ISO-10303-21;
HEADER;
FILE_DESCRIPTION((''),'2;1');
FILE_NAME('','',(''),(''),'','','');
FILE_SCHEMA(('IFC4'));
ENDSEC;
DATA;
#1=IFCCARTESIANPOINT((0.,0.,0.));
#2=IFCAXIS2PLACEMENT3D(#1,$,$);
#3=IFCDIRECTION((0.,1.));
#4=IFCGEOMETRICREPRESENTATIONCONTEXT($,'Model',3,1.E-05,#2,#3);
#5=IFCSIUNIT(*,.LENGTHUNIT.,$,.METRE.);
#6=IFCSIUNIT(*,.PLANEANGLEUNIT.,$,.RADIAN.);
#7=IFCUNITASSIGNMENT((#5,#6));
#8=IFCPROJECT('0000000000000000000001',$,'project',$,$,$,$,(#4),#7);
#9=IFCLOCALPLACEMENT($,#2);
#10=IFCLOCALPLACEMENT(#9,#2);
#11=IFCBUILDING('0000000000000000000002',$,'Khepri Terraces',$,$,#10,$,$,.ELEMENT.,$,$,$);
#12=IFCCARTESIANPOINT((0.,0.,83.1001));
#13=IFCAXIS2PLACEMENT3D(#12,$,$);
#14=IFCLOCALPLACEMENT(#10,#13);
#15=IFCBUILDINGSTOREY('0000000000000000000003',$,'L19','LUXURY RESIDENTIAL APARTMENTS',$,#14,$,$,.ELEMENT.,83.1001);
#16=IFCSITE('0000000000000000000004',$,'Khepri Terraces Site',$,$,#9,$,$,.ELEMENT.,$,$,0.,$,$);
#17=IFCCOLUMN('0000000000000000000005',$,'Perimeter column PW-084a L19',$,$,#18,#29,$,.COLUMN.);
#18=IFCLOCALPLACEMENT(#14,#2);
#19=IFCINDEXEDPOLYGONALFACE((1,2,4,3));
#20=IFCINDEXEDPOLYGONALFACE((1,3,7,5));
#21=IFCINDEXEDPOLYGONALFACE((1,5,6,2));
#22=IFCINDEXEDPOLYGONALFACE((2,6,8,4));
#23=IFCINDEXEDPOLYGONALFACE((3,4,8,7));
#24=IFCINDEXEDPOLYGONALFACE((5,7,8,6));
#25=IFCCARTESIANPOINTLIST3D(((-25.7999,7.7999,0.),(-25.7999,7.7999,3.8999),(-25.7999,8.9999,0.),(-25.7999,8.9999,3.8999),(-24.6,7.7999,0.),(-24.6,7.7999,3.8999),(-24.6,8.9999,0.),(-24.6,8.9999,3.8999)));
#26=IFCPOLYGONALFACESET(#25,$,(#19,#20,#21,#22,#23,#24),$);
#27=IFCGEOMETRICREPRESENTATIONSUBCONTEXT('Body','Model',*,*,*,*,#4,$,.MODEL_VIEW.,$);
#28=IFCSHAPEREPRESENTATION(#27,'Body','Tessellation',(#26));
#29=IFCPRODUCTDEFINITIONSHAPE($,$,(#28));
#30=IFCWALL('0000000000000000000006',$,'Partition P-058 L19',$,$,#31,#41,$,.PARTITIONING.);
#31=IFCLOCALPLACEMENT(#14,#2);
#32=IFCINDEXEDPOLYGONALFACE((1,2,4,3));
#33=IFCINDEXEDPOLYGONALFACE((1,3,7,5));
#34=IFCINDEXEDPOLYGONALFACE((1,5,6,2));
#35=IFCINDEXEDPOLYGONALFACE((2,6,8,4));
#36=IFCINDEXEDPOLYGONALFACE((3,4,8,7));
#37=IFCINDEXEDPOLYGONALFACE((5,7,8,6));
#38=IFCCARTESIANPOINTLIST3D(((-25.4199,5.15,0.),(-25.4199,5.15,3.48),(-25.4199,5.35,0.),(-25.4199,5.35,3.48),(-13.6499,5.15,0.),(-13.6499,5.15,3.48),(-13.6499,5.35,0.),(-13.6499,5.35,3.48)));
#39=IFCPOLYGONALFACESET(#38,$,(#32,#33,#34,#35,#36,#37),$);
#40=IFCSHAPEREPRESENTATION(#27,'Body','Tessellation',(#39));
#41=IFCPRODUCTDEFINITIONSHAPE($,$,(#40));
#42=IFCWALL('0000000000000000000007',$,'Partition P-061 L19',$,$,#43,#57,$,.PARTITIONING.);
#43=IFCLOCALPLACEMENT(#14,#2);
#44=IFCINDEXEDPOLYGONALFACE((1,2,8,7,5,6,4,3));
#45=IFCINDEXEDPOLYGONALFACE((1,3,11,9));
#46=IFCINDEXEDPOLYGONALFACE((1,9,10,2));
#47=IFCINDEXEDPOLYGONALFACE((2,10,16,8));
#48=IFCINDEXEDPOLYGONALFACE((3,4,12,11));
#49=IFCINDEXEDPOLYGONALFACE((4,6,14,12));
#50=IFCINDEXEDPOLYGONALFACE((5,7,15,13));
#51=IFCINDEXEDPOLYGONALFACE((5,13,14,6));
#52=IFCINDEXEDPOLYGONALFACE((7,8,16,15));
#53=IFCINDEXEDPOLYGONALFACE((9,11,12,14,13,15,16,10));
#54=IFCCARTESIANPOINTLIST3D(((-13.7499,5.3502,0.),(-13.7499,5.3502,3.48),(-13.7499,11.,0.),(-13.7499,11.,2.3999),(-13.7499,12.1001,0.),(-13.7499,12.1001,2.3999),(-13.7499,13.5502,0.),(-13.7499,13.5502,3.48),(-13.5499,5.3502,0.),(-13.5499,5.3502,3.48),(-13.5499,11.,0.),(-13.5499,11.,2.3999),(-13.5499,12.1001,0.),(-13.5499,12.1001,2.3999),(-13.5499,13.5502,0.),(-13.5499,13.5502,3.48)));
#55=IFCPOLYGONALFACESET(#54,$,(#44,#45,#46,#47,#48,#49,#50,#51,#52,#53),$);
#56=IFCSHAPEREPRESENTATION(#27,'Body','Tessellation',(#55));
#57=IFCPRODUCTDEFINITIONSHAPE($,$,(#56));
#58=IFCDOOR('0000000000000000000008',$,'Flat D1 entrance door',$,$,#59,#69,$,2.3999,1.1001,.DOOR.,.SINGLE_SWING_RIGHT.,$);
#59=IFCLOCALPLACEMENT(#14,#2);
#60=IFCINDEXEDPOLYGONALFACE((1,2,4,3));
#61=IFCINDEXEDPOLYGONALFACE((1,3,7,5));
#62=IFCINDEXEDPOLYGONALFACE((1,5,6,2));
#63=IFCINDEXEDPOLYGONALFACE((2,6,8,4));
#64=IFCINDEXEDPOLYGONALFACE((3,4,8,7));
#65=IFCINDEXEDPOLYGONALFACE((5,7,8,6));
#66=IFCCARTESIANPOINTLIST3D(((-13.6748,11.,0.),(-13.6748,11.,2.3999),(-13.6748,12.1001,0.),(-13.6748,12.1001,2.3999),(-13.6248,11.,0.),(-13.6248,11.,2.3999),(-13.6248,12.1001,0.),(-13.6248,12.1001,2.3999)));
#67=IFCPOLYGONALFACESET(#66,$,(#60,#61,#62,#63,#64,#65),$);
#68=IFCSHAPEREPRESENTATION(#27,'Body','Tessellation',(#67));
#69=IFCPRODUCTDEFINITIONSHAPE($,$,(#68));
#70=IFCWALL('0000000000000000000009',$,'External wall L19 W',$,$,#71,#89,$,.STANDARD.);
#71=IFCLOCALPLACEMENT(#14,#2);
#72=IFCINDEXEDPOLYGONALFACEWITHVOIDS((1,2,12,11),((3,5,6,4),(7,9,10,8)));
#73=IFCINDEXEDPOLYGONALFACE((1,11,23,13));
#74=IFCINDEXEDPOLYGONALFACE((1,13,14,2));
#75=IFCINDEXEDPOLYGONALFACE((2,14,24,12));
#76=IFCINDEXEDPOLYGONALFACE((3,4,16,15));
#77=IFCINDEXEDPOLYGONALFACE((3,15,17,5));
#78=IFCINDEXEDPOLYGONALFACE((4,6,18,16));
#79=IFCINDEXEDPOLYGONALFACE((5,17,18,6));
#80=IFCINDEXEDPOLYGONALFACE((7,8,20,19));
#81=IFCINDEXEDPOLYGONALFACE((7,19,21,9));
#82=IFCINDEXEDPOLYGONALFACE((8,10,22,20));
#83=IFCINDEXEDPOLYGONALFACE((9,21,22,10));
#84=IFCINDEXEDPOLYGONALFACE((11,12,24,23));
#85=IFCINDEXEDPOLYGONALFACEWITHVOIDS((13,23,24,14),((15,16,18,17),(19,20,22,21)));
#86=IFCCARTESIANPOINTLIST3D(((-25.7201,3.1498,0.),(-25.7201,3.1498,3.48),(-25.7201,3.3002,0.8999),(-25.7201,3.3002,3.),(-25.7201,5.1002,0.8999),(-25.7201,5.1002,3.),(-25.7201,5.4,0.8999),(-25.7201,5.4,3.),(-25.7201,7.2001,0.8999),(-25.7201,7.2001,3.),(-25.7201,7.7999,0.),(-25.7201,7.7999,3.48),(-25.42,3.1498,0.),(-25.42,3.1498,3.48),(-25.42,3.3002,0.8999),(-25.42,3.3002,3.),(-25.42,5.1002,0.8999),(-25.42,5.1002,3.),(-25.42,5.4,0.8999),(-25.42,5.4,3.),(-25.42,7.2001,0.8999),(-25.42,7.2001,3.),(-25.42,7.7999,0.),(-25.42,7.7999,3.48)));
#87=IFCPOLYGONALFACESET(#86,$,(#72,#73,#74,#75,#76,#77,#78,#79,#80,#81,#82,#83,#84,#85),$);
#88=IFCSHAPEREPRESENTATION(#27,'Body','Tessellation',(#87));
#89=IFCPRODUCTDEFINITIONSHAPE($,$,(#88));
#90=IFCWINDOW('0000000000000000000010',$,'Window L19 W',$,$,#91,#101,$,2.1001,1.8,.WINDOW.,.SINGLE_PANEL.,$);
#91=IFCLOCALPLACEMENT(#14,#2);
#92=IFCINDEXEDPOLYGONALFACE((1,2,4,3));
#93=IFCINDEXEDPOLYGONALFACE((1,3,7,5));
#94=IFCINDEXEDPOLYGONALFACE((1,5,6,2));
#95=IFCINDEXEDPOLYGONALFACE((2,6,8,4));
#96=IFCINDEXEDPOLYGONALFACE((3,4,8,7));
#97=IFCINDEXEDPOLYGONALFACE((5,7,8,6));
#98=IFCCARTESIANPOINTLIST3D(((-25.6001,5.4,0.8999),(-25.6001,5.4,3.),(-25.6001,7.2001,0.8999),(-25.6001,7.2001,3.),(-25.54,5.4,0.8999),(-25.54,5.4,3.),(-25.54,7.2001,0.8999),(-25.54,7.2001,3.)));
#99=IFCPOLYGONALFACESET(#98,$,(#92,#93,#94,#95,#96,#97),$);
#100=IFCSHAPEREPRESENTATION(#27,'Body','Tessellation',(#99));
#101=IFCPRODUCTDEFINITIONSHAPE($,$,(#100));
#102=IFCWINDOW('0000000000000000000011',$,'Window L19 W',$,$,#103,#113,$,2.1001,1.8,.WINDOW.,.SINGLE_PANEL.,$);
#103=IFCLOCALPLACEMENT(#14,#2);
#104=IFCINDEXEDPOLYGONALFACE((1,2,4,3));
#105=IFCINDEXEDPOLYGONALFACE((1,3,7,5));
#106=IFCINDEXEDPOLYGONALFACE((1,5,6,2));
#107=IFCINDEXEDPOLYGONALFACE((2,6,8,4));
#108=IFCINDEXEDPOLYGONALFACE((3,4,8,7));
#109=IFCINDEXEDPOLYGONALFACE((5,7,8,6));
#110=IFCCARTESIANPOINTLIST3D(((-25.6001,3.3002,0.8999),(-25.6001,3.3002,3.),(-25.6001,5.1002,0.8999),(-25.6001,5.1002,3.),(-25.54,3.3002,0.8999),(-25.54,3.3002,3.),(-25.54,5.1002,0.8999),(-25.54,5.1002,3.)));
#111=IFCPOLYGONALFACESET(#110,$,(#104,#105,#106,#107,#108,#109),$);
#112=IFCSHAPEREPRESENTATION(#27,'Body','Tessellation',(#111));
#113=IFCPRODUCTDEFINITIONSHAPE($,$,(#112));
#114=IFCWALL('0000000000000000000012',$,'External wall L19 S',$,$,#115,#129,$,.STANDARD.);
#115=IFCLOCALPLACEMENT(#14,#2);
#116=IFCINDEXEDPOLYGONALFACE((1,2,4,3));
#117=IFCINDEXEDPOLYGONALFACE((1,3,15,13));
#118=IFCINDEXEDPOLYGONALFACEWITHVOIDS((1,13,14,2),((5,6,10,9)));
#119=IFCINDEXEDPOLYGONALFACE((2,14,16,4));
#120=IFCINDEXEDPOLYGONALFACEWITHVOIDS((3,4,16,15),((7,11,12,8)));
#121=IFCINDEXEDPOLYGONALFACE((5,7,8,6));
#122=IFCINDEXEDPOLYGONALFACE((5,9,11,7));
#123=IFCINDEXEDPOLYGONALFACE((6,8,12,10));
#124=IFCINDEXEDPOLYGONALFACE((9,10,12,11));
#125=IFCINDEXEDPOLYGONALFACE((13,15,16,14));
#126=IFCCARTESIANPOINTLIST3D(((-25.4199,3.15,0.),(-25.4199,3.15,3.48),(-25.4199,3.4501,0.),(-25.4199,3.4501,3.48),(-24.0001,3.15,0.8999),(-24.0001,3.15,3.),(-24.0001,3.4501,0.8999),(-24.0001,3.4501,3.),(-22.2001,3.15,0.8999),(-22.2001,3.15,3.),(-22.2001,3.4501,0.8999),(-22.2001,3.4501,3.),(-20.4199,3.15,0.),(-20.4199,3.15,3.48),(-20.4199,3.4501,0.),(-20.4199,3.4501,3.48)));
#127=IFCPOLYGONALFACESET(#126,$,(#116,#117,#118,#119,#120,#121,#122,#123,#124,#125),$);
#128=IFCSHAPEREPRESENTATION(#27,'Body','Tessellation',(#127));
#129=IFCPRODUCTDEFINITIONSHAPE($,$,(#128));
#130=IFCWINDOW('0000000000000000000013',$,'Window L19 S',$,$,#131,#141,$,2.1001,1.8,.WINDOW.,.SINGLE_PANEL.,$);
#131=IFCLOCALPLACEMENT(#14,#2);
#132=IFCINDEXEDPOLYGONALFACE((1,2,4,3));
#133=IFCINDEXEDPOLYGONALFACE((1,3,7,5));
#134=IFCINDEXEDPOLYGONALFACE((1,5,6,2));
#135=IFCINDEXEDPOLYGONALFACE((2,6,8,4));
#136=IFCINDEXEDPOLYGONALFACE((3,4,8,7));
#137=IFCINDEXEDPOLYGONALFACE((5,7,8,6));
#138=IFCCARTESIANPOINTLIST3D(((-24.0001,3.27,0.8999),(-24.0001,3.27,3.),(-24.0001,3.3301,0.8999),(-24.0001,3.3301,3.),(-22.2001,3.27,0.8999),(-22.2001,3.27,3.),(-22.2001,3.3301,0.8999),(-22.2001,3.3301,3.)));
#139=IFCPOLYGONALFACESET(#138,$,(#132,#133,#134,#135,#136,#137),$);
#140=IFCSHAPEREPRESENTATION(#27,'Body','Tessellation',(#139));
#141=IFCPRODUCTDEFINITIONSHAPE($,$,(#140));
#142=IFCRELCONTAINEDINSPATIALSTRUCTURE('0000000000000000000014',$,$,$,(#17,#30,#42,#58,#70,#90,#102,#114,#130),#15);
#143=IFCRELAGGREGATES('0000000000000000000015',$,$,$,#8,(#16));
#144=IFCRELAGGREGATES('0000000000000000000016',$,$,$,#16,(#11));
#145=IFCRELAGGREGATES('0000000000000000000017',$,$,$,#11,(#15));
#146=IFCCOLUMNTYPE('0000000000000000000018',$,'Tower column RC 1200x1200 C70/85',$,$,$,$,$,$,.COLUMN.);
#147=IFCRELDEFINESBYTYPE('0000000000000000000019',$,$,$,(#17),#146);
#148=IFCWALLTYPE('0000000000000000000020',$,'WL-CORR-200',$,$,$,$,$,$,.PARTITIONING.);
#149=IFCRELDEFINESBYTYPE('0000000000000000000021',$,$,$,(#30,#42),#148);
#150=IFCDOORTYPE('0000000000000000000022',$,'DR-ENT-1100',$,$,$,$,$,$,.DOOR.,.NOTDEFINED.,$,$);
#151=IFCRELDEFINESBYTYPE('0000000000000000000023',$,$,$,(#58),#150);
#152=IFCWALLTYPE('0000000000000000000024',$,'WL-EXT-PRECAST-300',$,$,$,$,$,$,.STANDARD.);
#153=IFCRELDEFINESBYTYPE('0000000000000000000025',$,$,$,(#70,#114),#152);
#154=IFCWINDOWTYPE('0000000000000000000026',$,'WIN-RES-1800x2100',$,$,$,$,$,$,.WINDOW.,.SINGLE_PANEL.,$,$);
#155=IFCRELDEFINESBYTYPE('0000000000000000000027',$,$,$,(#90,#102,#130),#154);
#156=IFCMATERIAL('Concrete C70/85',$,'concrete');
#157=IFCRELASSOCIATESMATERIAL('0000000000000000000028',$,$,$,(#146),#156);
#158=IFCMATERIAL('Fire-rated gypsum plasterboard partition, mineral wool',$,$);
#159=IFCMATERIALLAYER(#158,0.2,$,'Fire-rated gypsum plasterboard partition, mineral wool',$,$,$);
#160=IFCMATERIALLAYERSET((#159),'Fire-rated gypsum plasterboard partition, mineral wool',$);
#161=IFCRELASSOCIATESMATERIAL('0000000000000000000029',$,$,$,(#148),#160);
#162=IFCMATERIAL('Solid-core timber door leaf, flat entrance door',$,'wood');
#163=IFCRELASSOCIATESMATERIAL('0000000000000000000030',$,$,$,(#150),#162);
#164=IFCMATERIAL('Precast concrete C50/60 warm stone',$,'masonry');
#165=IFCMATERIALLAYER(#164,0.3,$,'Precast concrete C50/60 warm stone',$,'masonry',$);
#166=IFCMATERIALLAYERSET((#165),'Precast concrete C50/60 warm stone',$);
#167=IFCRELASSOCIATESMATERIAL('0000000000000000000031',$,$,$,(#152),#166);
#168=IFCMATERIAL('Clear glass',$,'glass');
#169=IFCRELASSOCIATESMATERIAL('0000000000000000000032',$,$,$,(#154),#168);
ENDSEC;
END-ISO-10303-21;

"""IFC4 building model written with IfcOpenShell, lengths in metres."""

from ifc_helpers import new_model, si_unit, direction, frame, frame_2d, origin, origin_2d, place, context, subcontext, project, spatial, rectangle, extrude, material, layer, layer_set, material_profile, profile_set, type_object, element, fill, save


model = new_model("IFC4")

# Units and contexts
model_context = context("Model", 3, precision=1e-05, world=origin(), true_north=direction((0.0, 1.0)))
body_context = subcontext(model_context, "Body", "Model", "MODEL_VIEW")
ifc_project = project(units=[si_unit("LENGTHUNIT", "METRE"), si_unit("PLANEANGLEUNIT", "RADIAN")], contexts=[model_context])

# Site, building, storey
site_placement = place(None, origin())
site = spatial("IfcSite", under=ifc_project, at=site_placement, Name="Khepri Terraces Site", CompositionType="ELEMENT", RefElevation=0.0)
building_placement = place(site_placement, origin())
building = spatial("IfcBuilding", under=site, at=building_placement, Name="Khepri Terraces", CompositionType="ELEMENT")
storey_placement = place(building_placement, frame((0.0, 0.0, 83.1001)))
storey = spatial("IfcBuildingStorey", under=building, at=storey_placement, Name="L19", Description="LUXURY RESIDENTIAL APARTMENTS", CompositionType="ELEMENT", Elevation=83.1001)

# Column
ifc_material_1 = material(Name="Concrete C70/85", Category="concrete")
ifc_material_profile = material_profile(ifc_material_1, rectangle(XDim=1.2, YDim=1.2, at=origin_2d()), Name="Concrete C70/85", Category="concrete")
ifc_profile_set = profile_set([ifc_material_profile], Name="Concrete C70/85")
column_type = type_object("IfcColumnType", Name="Tower column RC 1200x1200 C70/85", PredefinedType="COLUMN", material=ifc_profile_set)
column_placement = place(storey_placement, frame((-25.2, 8.3999, 0.0), z_axis=(0.0, 0.0, 1.0), x_axis=(1.0, 0.0, 0.0)))
element("IfcColumn", 1, at=column_placement, inside=storey, type_object=column_type, Name="Perimeter column PW-084a L19", PredefinedType="COLUMN", context=body_context, shape_type="SweptSolid", body=[
    extrude(rectangle(XDim=1.2, YDim=1.2, at=origin_2d()), origin(), (0.0, 0.0, 1.0), 3.8999),
])

# Wall
ifc_material_2 = material(Name="Fire-rated gypsum plasterboard partition, mineral wool")
ifc_layer_1 = layer(ifc_material_2, 0.2, Name="Fire-rated gypsum plasterboard partition, mineral wool")
ifc_layer_set_1 = layer_set([ifc_layer_1], Name="Fire-rated gypsum plasterboard partition, mineral wool")
wall_type_1 = type_object("IfcWallType", Name="WL-CORR-200", PredefinedType="PARTITIONING", material=ifc_layer_set_1)
wall_1_placement = place(storey_placement, frame((-25.4199, 5.25, 0.0), z_axis=(0.0, 0.0, 1.0), x_axis=(1.0, 0.0, 0.0)))
element("IfcWall", 2, at=wall_1_placement, inside=storey, type_object=wall_type_1, Name="Partition P-058 L19", PredefinedType="PARTITIONING", context=body_context, shape_type="SweptSolid", body=[
    extrude(rectangle(XDim=11.77, YDim=0.2, at=frame_2d((5.885, 0.0))), origin(), (0.0, 0.0, 1.0), 3.48),
])

# Wall, opening, door
wall_2_placement = place(storey_placement, frame((-13.6499, 5.3501, 0.0), z_axis=(0.0, 0.0, 1.0), x_axis=(0.0, 1.0, 0.0)))
wall_2 = element("IfcWall", 3, at=wall_2_placement, inside=storey, type_object=wall_type_1, Name="Partition P-061 L19", PredefinedType="PARTITIONING", context=body_context, shape_type="SweptSolid", body=[
    extrude(rectangle(XDim=8.2, YDim=0.2, at=frame_2d((4.1001, 0.0))), origin(), (0.0, 0.0, 1.0), 3.48),
])
opening_1_placement = place(wall_2_placement, frame((5.6499, 0.0, 0.0)))
opening_1 = element("IfcOpeningElement", 4, at=opening_1_placement, cuts=wall_2, PredefinedType="OPENING", context=body_context, shape_type="SweptSolid", body=[
    extrude(rectangle(XDim=1.1001, YDim=2.3999, at=frame_2d((0.55, 1.2))), frame((0.0, 0.1099, 0.0), z_axis=(0.0, -1.0, 0.0), x_axis=(1.0, 0.0, 0.0)), (0.0, 0.0, 1.0), 0.22),
])
ifc_material_3 = material(Name="Solid-core timber door leaf, flat entrance door", Category="wood")
door_type_1 = type_object("IfcDoorType", Name="DR-ENT-1100", OperationType="NOTDEFINED", PredefinedType="DOOR", material=ifc_material_3)
door_1_placement = place(opening_1_placement, origin())
door_1 = element("IfcDoor", 5, at=door_1_placement, inside=storey, type_object=door_type_1, Name="Flat D1 entrance door", OperationType="SINGLE_SWING_RIGHT", OverallHeight=2.3999, OverallWidth=1.1001, PredefinedType="DOOR", context=body_context, shape_type="SweptSolid", body=[
    extrude(rectangle(XDim=1.1001, YDim=2.3999, at=frame_2d((0.55, 1.2))), frame((0.0, 0.0249, 0.0), z_axis=(0.0, -1.0, 0.0), x_axis=(1.0, 0.0, 0.0)), (0.0, 0.0, 1.0), 0.05),
])
fill(opening_1, door_1)

# Wall, openings, windows
ifc_material_4 = material(Name="Precast concrete C50/60 warm stone", Category="masonry")
ifc_layer_2 = layer(ifc_material_4, 0.3, Name="Precast concrete C50/60 warm stone", Category="masonry")
ifc_layer_set_2 = layer_set([ifc_layer_2], Name="Precast concrete C50/60 warm stone")
wall_type_2 = type_object("IfcWallType", Name="WL-EXT-PRECAST-300", PredefinedType="STANDARD", material=ifc_layer_set_2)
wall_3_placement = place(storey_placement, frame((-25.5701, 7.8, 0.0), z_axis=(0.0, 0.0, 1.0), x_axis=(0.0, -1.0, 0.0)))
wall_3 = element("IfcWall", 6, at=wall_3_placement, inside=storey, type_object=wall_type_2, Name="External wall L19 W", PredefinedType="STANDARD", context=body_context, shape_type="SweptSolid", body=[
    extrude(rectangle(XDim=4.6501, YDim=0.3, at=frame_2d((2.3252, 0.0))), origin(), (0.0, 0.0, 1.0), 3.48),
])
opening_2_placement = place(wall_3_placement, frame((0.6001, 0.0, 0.8999)))
opening_2 = element("IfcOpeningElement", 7, at=opening_2_placement, cuts=wall_3, PredefinedType="OPENING", context=body_context, shape_type="SweptSolid", body=[
    extrude(rectangle(XDim=1.8, YDim=2.1001, at=frame_2d((0.8999, 1.05))), frame((0.0, 0.1602, 0.0), z_axis=(0.0, -1.0, 0.0), x_axis=(1.0, 0.0, 0.0)), (0.0, 0.0, 1.0), 0.3201),
])
opening_3_placement = place(wall_3_placement, frame((2.7, 0.0, 0.8999)))
opening_3 = element("IfcOpeningElement", 8, at=opening_3_placement, cuts=wall_3, PredefinedType="OPENING", context=body_context, shape_type="SweptSolid", body=[
    extrude(rectangle(XDim=1.8, YDim=2.1001, at=frame_2d((0.8999, 1.05))), frame((0.0, 0.1602, 0.0), z_axis=(0.0, -1.0, 0.0), x_axis=(1.0, 0.0, 0.0)), (0.0, 0.0, 1.0), 0.3201),
])
ifc_material_5 = material(Name="Clear glass", Category="glass")
window_type_1 = type_object("IfcWindowType", Name="WIN-RES-1800x2100", PartitioningType="SINGLE_PANEL", PredefinedType="WINDOW", material=ifc_material_5)
window_1_placement = place(opening_2_placement, origin())
window_1 = element("IfcWindow", 9, at=window_1_placement, inside=storey, type_object=window_type_1, Name="Window L19 W", OverallHeight=2.1001, OverallWidth=1.8, PartitioningType="SINGLE_PANEL", PredefinedType="WINDOW", context=body_context, shape_type="SweptSolid", body=[
    extrude(rectangle(XDim=1.8, YDim=2.1001, at=frame_2d((0.8999, 1.05))), frame((0.0, 0.03, 0.0), z_axis=(0.0, -1.0, 0.0), x_axis=(1.0, 0.0, 0.0)), (0.0, 0.0, 1.0), 0.0601),
])
fill(opening_2, window_1)
window_2_placement = place(opening_3_placement, origin())
window_2 = element("IfcWindow", 10, at=window_2_placement, inside=storey, type_object=window_type_1, Name="Window L19 W", OverallHeight=2.1001, OverallWidth=1.8, PartitioningType="SINGLE_PANEL", PredefinedType="WINDOW", context=body_context, shape_type="SweptSolid", body=[
    extrude(rectangle(XDim=1.8, YDim=2.1001, at=frame_2d((0.8999, 1.05))), frame((0.0, 0.03, 0.0), z_axis=(0.0, -1.0, 0.0), x_axis=(1.0, 0.0, 0.0)), (0.0, 0.0, 1.0), 0.0601),
])
fill(opening_3, window_2)

# Wall, opening, window
wall_4_placement = place(storey_placement, frame((-25.4199, 3.3, 0.0), z_axis=(0.0, 0.0, 1.0), x_axis=(1.0, 0.0, 0.0)))
wall_4 = element("IfcWall", 11, at=wall_4_placement, inside=storey, type_object=wall_type_2, Name="External wall L19 S", PredefinedType="STANDARD", context=body_context, shape_type="SweptSolid", body=[
    extrude(rectangle(XDim=5.0, YDim=0.3, at=frame_2d((2.5, 0.0))), origin(), (0.0, 0.0, 1.0), 3.48),
])
opening_4_placement = place(wall_4_placement, frame((1.4199, 0.0, 0.8999)))
opening_4 = element("IfcOpeningElement", 12, at=opening_4_placement, cuts=wall_4, PredefinedType="OPENING", context=body_context, shape_type="SweptSolid", body=[
    extrude(rectangle(XDim=1.8, YDim=2.1001, at=frame_2d((0.8999, 1.05))), frame((0.0, 0.1602, 0.0), z_axis=(0.0, -1.0, 0.0), x_axis=(1.0, 0.0, 0.0)), (0.0, 0.0, 1.0), 0.3201),
])
window_3_placement = place(opening_4_placement, origin())
window_3 = element("IfcWindow", 13, at=window_3_placement, inside=storey, type_object=window_type_1, Name="Window L19 S", OverallHeight=2.1001, OverallWidth=1.8, PartitioningType="SINGLE_PANEL", PredefinedType="WINDOW", context=body_context, shape_type="SweptSolid", body=[
    extrude(rectangle(XDim=1.8, YDim=2.1001, at=frame_2d((0.8999, 1.05))), frame((0.0, 0.03, 0.0), z_axis=(0.0, -1.0, 0.0), x_axis=(1.0, 0.0, 0.0)), (0.0, 0.0, 1.0), 0.0601),
])
fill(opening_4, window_3)

save(model, "model.ifc")
